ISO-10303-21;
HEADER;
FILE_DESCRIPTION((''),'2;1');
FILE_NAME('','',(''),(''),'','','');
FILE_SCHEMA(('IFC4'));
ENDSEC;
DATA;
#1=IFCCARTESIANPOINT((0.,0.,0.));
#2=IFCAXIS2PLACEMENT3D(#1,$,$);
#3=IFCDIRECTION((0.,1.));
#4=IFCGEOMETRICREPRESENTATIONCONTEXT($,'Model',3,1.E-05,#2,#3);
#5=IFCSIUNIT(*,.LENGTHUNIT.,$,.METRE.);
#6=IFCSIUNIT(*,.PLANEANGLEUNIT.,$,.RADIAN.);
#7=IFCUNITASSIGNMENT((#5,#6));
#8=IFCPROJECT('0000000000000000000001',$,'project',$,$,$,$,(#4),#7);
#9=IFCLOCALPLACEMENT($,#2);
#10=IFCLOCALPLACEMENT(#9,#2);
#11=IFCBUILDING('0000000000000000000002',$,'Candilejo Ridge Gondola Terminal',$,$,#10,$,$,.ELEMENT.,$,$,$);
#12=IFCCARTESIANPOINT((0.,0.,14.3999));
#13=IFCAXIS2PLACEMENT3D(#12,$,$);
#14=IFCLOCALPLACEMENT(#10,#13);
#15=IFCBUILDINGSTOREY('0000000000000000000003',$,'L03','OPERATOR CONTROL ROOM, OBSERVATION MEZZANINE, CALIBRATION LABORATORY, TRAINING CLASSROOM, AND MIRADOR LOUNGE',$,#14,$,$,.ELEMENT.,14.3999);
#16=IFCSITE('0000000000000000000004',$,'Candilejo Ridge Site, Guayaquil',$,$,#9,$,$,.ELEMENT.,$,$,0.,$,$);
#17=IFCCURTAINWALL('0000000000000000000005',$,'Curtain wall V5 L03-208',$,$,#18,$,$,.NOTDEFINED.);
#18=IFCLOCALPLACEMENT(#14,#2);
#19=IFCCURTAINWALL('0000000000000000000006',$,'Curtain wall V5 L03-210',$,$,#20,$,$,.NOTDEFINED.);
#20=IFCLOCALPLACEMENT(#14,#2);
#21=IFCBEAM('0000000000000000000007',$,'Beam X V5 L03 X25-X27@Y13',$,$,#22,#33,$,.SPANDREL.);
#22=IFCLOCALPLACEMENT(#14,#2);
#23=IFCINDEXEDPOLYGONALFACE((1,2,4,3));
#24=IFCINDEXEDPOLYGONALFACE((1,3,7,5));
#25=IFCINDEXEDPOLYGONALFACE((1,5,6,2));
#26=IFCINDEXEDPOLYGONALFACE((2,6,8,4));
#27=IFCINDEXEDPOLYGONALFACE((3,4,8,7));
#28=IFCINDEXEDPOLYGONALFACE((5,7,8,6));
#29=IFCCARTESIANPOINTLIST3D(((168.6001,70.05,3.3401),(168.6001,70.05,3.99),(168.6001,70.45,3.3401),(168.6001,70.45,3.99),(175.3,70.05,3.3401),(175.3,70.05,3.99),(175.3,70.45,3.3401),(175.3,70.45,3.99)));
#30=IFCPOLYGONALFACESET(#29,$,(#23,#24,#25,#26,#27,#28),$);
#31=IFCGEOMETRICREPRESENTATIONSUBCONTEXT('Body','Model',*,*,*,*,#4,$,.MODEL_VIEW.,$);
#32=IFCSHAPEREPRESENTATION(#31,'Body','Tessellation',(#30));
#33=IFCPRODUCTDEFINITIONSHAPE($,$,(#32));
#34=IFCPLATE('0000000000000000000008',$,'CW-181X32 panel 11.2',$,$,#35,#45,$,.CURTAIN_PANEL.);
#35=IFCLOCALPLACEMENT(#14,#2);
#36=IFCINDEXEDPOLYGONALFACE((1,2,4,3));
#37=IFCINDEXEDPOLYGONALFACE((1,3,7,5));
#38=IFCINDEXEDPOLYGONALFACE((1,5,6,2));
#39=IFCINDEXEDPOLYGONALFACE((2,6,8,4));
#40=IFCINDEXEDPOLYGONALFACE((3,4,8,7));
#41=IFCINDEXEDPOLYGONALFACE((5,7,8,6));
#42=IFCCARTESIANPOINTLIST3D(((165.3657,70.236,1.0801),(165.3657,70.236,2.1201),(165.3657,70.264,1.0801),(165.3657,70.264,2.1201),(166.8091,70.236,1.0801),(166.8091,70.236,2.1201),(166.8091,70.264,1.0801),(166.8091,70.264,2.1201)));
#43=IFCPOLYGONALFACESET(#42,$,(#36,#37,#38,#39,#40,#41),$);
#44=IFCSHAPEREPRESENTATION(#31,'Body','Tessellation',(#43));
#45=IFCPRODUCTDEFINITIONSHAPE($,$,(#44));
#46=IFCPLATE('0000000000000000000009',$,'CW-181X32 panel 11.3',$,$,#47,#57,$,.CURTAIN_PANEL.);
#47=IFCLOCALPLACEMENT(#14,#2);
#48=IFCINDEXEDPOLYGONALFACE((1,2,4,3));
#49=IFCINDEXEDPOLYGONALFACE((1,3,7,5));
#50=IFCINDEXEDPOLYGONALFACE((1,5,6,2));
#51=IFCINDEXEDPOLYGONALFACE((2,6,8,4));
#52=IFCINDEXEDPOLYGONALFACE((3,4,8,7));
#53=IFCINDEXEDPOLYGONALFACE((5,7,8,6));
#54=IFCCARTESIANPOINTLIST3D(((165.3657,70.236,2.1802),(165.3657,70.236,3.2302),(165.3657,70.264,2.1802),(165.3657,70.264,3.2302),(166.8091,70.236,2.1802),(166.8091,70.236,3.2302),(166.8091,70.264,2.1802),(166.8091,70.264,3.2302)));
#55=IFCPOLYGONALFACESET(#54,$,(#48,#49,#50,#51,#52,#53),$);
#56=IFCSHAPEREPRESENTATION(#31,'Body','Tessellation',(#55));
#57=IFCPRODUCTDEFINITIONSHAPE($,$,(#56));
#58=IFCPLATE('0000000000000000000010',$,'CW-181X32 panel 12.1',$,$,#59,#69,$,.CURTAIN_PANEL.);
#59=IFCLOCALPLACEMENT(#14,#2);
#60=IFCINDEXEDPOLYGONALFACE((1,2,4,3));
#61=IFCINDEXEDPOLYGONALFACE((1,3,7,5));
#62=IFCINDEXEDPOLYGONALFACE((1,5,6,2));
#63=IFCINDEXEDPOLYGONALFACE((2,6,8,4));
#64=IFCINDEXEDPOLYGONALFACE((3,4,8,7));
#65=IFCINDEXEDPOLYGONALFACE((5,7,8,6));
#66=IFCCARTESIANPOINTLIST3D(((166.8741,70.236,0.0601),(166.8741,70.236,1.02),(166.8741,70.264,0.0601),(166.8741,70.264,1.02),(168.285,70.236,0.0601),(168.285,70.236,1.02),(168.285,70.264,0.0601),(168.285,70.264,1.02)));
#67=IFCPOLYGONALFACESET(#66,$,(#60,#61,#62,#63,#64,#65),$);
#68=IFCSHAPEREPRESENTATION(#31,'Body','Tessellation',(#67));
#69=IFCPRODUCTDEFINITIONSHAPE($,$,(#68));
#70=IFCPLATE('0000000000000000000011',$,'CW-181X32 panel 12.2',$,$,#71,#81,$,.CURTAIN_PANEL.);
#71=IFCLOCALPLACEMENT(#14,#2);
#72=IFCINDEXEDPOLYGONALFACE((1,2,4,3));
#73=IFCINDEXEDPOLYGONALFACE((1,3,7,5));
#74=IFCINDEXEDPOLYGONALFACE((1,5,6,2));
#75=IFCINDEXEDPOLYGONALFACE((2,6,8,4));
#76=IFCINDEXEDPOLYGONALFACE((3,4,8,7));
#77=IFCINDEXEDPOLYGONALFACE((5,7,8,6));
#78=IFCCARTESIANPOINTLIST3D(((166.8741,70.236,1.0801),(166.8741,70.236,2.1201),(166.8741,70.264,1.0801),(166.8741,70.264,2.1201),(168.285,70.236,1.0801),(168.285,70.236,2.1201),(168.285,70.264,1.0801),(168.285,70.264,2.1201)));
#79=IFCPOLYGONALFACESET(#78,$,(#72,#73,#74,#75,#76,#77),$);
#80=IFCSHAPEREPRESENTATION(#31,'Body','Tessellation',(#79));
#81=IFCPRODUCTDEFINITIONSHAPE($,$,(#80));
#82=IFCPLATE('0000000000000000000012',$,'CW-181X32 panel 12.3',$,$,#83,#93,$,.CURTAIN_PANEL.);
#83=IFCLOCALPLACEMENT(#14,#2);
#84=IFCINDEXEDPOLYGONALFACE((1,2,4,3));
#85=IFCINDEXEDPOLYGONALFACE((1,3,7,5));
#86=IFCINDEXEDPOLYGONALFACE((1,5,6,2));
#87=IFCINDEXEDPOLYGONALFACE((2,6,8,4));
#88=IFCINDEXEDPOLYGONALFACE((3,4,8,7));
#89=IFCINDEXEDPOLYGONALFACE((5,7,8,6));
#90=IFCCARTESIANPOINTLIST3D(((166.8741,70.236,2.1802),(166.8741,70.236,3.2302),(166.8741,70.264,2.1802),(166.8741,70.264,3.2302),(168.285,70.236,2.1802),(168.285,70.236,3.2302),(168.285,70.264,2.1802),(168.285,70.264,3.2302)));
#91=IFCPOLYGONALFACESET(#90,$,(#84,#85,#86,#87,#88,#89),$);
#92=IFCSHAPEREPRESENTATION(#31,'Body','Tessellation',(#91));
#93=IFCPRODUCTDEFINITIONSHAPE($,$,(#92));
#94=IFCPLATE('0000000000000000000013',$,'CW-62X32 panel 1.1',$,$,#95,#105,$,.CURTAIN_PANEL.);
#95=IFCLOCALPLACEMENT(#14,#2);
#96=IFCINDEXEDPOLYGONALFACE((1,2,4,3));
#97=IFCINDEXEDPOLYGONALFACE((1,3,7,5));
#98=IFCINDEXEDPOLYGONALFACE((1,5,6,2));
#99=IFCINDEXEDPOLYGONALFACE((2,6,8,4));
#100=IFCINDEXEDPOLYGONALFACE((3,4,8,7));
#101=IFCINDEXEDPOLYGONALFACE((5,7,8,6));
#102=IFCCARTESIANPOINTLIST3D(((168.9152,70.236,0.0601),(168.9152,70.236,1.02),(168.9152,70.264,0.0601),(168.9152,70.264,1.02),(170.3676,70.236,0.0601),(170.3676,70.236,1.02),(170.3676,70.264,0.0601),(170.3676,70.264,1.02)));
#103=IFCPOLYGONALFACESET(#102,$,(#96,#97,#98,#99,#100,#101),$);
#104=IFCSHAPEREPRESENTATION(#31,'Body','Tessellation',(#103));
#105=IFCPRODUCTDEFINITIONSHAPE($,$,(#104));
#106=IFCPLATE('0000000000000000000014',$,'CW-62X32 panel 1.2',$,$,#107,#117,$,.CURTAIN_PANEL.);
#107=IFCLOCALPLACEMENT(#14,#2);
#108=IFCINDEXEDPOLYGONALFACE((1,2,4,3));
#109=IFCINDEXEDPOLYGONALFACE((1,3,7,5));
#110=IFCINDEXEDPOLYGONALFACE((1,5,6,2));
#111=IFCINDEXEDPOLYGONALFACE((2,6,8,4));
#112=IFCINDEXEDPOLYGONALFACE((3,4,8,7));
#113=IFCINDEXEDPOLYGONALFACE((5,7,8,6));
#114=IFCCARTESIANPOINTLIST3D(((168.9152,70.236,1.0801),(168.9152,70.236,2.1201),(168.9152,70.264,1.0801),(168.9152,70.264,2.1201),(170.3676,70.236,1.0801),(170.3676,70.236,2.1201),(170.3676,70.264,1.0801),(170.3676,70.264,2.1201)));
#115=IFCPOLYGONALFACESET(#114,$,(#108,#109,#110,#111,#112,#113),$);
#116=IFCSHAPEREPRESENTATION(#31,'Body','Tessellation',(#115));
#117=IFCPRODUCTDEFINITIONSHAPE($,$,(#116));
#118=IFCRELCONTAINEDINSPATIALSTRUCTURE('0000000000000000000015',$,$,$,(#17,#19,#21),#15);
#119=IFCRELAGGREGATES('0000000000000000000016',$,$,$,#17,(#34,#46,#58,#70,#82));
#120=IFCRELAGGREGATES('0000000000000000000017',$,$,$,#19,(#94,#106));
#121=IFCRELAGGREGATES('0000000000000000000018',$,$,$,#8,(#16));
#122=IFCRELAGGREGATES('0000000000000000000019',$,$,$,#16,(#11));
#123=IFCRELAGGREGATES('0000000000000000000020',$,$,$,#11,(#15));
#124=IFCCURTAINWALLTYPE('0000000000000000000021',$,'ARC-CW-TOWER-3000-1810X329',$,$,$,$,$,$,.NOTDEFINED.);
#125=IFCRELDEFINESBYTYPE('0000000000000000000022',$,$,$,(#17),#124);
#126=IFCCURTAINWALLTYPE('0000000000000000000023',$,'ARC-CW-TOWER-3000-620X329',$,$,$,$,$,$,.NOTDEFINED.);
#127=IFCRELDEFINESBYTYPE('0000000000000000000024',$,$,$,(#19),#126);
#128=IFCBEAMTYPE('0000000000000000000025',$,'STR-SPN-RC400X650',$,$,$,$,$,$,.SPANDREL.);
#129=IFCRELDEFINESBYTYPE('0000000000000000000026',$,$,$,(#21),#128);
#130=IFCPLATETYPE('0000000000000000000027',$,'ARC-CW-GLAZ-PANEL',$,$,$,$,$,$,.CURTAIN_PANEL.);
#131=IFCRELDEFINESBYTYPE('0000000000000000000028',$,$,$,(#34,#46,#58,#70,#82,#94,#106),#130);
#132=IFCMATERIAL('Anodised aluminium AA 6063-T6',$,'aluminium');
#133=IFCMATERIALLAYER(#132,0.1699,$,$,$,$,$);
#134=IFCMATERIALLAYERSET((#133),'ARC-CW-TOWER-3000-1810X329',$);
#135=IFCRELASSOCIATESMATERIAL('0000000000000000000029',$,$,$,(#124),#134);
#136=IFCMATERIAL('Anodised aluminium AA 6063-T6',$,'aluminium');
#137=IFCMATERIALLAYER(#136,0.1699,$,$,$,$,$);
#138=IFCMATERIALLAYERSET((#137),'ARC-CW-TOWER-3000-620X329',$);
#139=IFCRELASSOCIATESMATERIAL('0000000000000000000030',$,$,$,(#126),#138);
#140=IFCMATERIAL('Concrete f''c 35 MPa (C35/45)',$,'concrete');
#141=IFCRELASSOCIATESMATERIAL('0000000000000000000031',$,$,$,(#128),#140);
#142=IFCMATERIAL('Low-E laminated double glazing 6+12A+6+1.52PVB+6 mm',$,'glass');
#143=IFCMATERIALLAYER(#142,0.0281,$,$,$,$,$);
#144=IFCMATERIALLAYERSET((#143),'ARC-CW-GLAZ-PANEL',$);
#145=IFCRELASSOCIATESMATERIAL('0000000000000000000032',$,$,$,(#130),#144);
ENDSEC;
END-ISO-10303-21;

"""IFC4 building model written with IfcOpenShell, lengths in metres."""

from ifc_helpers import new_model, si_unit, direction, frame, origin, origin_2d, place, context, subcontext, project, spatial, rectangle, extrude, material, layer, layer_set, material_profile, profile_set, type_object, element, aggregate, save


model = new_model("IFC4")

# Units and contexts
model_context = context("Model", 3, precision=1e-05, world=origin(), true_north=direction((0.0, 1.0)))
body_context = subcontext(model_context, "Body", "Model", "MODEL_VIEW")
ifc_project = project(units=[si_unit("LENGTHUNIT", "METRE"), si_unit("PLANEANGLEUNIT", "RADIAN")], contexts=[model_context])

# Site, building, storey
site_placement = place(None, origin())
site = spatial("IfcSite", under=ifc_project, at=site_placement, Name="Candilejo Ridge Site, Guayaquil", CompositionType="ELEMENT", RefElevation=0.0)
building_placement = place(site_placement, origin())
building = spatial("IfcBuilding", under=site, at=building_placement, Name="Candilejo Ridge Gondola Terminal", CompositionType="ELEMENT")
storey_placement = place(building_placement, frame((0.0, 0.0, 14.3999)))
storey = spatial("IfcBuildingStorey", under=building, at=storey_placement, Name="L03", Description="OPERATOR CONTROL ROOM, OBSERVATION MEZZANINE, CALIBRATION LABORATORY, TRAINING CLASSROOM, AND MIRADOR LOUNGE", CompositionType="ELEMENT", Elevation=14.3999)

# Curtain wall
ifc_material_1 = material(Name="Anodised aluminium AA 6063-T6", Category="aluminium")
ifc_layer_1 = layer(ifc_material_1, 0.1699)
ifc_layer_set_1 = layer_set([ifc_layer_1], Name="ARC-CW-TOWER-3000-1810X329")
curtain_wall_type_1 = type_object("IfcCurtainWallType", Name="ARC-CW-TOWER-3000-1810X329", PredefinedType="NOTDEFINED", material=ifc_layer_set_1)
curtain_wall_1_placement = place(storey_placement, origin())
curtain_wall_1 = element("IfcCurtainWall", 1, at=curtain_wall_1_placement, inside=storey, type_object=curtain_wall_type_1, Name="Curtain wall V5 L03-208", PredefinedType="NOTDEFINED")

# Curtain wall
ifc_material_2 = material(Name="Anodised aluminium AA 6063-T6", Category="aluminium")
ifc_layer_2 = layer(ifc_material_2, 0.1699)
ifc_layer_set_2 = layer_set([ifc_layer_2], Name="ARC-CW-TOWER-3000-620X329")
curtain_wall_type_2 = type_object("IfcCurtainWallType", Name="ARC-CW-TOWER-3000-620X329", PredefinedType="NOTDEFINED", material=ifc_layer_set_2)
curtain_wall_2_placement = place(storey_placement, origin())
curtain_wall_2 = element("IfcCurtainWall", 2, at=curtain_wall_2_placement, inside=storey, type_object=curtain_wall_type_2, Name="Curtain wall V5 L03-210", PredefinedType="NOTDEFINED")

# Beam
ifc_material_3 = material(Name="Concrete f'c 35 MPa (C35/45)", Category="concrete")
ifc_material_profile_1 = material_profile(ifc_material_3, rectangle(XDim=0.3999, YDim=0.6499, at=origin_2d()))
ifc_profile_set_1 = profile_set([ifc_material_profile_1], Name="Concrete f'c 35 MPa (C35/45)")
beam_type_1 = type_object("IfcBeamType", Name="STR-SPN-RC400X650", PredefinedType="SPANDREL", material=ifc_profile_set_1)
beam_1_placement = place(storey_placement, frame((168.6001, 70.25, 3.665), z_axis=(1.0, 0.0, 0.0), x_axis=(0.0, 1.0, 0.0)))
element("IfcBeam", 3, at=beam_1_placement, inside=storey, type_object=beam_type_1, Name="Beam X V5 L03 X25-X27@Y13", PredefinedType="SPANDREL", context=body_context, shape_type="SweptSolid", body=[
    extrude(rectangle(XDim=0.3999, YDim=0.6499, at=origin_2d()), origin(), (0.0, 0.0, 1.0), 6.7),
])

# Plates
ifc_material_4 = material(Name="Low-E laminated double glazing 6+12A+6+1.52PVB+6 mm", Category="glass")
ifc_layer_3 = layer(ifc_material_4, 0.0281)
ifc_layer_set_3 = layer_set([ifc_layer_3], Name="ARC-CW-GLAZ-PANEL")
plate_type = type_object("IfcPlateType", Name="ARC-CW-GLAZ-PANEL", PredefinedType="CURTAIN_PANEL", material=ifc_layer_set_3)
plate_1_placement = place(storey_placement, frame((166.0874, 70.25, 1.0801), z_axis=(0.0, 0.0, 1.0), x_axis=(1.0, 0.0, 0.0)))
plate_1 = element("IfcPlate", 4, at=plate_1_placement, type_object=plate_type, Name="CW-181X32 panel 11.2", PredefinedType="CURTAIN_PANEL", context=body_context, shape_type="SweptSolid", body=[
    extrude(rectangle(XDim=1.4434, YDim=0.0281, at=origin_2d()), origin(), (0.0, 0.0, 1.0), 1.04),
])
plate_2_placement = place(storey_placement, frame((166.0874, 70.25, 2.1802), z_axis=(0.0, 0.0, 1.0), x_axis=(1.0, 0.0, 0.0)))
plate_2 = element("IfcPlate", 5, at=plate_2_placement, type_object=plate_type, Name="CW-181X32 panel 11.3", PredefinedType="CURTAIN_PANEL", context=body_context, shape_type="SweptSolid", body=[
    extrude(rectangle(XDim=1.4434, YDim=0.0281, at=origin_2d()), origin(), (0.0, 0.0, 1.0), 1.05),
])
plate_3_placement = place(storey_placement, frame((167.5796, 70.25, 0.0601), z_axis=(0.0, 0.0, 1.0), x_axis=(1.0, 0.0, 0.0)))
plate_3 = element("IfcPlate", 6, at=plate_3_placement, type_object=plate_type, Name="CW-181X32 panel 12.1", PredefinedType="CURTAIN_PANEL", context=body_context, shape_type="SweptSolid", body=[
    extrude(rectangle(XDim=1.4109, YDim=0.0281, at=origin_2d()), origin(), (0.0, 0.0, 1.0), 0.96),
])
plate_4_placement = place(storey_placement, frame((167.5796, 70.25, 1.0801), z_axis=(0.0, 0.0, 1.0), x_axis=(1.0, 0.0, 0.0)))
plate_4 = element("IfcPlate", 7, at=plate_4_placement, type_object=plate_type, Name="CW-181X32 panel 12.2", PredefinedType="CURTAIN_PANEL", context=body_context, shape_type="SweptSolid", body=[
    extrude(rectangle(XDim=1.4109, YDim=0.0281, at=origin_2d()), origin(), (0.0, 0.0, 1.0), 1.04),
])
plate_5_placement = place(storey_placement, frame((167.5796, 70.25, 2.1802), z_axis=(0.0, 0.0, 1.0), x_axis=(1.0, 0.0, 0.0)))
plate_5 = element("IfcPlate", 8, at=plate_5_placement, type_object=plate_type, Name="CW-181X32 panel 12.3", PredefinedType="CURTAIN_PANEL", context=body_context, shape_type="SweptSolid", body=[
    extrude(rectangle(XDim=1.4109, YDim=0.0281, at=origin_2d()), origin(), (0.0, 0.0, 1.0), 1.05),
])
aggregate(curtain_wall_1, [plate_1, plate_2, plate_3, plate_4, plate_5])
plate_6_placement = place(storey_placement, frame((169.6414, 70.25, 0.0601), z_axis=(0.0, 0.0, 1.0), x_axis=(1.0, 0.0, 0.0)))
plate_6 = element("IfcPlate", 9, at=plate_6_placement, type_object=plate_type, Name="CW-62X32 panel 1.1", PredefinedType="CURTAIN_PANEL", context=body_context, shape_type="SweptSolid", body=[
    extrude(rectangle(XDim=1.4524, YDim=0.0281, at=origin_2d()), origin(), (0.0, 0.0, 1.0), 0.96),
])
plate_7_placement = place(storey_placement, frame((169.6414, 70.25, 1.0801), z_axis=(0.0, 0.0, 1.0), x_axis=(1.0, 0.0, 0.0)))
plate_7 = element("IfcPlate", 10, at=plate_7_placement, type_object=plate_type, Name="CW-62X32 panel 1.2", PredefinedType="CURTAIN_PANEL", context=body_context, shape_type="SweptSolid", body=[
    extrude(rectangle(XDim=1.4524, YDim=0.0281, at=origin_2d()), origin(), (0.0, 0.0, 1.0), 1.04),
])
aggregate(curtain_wall_2, [plate_6, plate_7])

save(model, "model.ifc")
